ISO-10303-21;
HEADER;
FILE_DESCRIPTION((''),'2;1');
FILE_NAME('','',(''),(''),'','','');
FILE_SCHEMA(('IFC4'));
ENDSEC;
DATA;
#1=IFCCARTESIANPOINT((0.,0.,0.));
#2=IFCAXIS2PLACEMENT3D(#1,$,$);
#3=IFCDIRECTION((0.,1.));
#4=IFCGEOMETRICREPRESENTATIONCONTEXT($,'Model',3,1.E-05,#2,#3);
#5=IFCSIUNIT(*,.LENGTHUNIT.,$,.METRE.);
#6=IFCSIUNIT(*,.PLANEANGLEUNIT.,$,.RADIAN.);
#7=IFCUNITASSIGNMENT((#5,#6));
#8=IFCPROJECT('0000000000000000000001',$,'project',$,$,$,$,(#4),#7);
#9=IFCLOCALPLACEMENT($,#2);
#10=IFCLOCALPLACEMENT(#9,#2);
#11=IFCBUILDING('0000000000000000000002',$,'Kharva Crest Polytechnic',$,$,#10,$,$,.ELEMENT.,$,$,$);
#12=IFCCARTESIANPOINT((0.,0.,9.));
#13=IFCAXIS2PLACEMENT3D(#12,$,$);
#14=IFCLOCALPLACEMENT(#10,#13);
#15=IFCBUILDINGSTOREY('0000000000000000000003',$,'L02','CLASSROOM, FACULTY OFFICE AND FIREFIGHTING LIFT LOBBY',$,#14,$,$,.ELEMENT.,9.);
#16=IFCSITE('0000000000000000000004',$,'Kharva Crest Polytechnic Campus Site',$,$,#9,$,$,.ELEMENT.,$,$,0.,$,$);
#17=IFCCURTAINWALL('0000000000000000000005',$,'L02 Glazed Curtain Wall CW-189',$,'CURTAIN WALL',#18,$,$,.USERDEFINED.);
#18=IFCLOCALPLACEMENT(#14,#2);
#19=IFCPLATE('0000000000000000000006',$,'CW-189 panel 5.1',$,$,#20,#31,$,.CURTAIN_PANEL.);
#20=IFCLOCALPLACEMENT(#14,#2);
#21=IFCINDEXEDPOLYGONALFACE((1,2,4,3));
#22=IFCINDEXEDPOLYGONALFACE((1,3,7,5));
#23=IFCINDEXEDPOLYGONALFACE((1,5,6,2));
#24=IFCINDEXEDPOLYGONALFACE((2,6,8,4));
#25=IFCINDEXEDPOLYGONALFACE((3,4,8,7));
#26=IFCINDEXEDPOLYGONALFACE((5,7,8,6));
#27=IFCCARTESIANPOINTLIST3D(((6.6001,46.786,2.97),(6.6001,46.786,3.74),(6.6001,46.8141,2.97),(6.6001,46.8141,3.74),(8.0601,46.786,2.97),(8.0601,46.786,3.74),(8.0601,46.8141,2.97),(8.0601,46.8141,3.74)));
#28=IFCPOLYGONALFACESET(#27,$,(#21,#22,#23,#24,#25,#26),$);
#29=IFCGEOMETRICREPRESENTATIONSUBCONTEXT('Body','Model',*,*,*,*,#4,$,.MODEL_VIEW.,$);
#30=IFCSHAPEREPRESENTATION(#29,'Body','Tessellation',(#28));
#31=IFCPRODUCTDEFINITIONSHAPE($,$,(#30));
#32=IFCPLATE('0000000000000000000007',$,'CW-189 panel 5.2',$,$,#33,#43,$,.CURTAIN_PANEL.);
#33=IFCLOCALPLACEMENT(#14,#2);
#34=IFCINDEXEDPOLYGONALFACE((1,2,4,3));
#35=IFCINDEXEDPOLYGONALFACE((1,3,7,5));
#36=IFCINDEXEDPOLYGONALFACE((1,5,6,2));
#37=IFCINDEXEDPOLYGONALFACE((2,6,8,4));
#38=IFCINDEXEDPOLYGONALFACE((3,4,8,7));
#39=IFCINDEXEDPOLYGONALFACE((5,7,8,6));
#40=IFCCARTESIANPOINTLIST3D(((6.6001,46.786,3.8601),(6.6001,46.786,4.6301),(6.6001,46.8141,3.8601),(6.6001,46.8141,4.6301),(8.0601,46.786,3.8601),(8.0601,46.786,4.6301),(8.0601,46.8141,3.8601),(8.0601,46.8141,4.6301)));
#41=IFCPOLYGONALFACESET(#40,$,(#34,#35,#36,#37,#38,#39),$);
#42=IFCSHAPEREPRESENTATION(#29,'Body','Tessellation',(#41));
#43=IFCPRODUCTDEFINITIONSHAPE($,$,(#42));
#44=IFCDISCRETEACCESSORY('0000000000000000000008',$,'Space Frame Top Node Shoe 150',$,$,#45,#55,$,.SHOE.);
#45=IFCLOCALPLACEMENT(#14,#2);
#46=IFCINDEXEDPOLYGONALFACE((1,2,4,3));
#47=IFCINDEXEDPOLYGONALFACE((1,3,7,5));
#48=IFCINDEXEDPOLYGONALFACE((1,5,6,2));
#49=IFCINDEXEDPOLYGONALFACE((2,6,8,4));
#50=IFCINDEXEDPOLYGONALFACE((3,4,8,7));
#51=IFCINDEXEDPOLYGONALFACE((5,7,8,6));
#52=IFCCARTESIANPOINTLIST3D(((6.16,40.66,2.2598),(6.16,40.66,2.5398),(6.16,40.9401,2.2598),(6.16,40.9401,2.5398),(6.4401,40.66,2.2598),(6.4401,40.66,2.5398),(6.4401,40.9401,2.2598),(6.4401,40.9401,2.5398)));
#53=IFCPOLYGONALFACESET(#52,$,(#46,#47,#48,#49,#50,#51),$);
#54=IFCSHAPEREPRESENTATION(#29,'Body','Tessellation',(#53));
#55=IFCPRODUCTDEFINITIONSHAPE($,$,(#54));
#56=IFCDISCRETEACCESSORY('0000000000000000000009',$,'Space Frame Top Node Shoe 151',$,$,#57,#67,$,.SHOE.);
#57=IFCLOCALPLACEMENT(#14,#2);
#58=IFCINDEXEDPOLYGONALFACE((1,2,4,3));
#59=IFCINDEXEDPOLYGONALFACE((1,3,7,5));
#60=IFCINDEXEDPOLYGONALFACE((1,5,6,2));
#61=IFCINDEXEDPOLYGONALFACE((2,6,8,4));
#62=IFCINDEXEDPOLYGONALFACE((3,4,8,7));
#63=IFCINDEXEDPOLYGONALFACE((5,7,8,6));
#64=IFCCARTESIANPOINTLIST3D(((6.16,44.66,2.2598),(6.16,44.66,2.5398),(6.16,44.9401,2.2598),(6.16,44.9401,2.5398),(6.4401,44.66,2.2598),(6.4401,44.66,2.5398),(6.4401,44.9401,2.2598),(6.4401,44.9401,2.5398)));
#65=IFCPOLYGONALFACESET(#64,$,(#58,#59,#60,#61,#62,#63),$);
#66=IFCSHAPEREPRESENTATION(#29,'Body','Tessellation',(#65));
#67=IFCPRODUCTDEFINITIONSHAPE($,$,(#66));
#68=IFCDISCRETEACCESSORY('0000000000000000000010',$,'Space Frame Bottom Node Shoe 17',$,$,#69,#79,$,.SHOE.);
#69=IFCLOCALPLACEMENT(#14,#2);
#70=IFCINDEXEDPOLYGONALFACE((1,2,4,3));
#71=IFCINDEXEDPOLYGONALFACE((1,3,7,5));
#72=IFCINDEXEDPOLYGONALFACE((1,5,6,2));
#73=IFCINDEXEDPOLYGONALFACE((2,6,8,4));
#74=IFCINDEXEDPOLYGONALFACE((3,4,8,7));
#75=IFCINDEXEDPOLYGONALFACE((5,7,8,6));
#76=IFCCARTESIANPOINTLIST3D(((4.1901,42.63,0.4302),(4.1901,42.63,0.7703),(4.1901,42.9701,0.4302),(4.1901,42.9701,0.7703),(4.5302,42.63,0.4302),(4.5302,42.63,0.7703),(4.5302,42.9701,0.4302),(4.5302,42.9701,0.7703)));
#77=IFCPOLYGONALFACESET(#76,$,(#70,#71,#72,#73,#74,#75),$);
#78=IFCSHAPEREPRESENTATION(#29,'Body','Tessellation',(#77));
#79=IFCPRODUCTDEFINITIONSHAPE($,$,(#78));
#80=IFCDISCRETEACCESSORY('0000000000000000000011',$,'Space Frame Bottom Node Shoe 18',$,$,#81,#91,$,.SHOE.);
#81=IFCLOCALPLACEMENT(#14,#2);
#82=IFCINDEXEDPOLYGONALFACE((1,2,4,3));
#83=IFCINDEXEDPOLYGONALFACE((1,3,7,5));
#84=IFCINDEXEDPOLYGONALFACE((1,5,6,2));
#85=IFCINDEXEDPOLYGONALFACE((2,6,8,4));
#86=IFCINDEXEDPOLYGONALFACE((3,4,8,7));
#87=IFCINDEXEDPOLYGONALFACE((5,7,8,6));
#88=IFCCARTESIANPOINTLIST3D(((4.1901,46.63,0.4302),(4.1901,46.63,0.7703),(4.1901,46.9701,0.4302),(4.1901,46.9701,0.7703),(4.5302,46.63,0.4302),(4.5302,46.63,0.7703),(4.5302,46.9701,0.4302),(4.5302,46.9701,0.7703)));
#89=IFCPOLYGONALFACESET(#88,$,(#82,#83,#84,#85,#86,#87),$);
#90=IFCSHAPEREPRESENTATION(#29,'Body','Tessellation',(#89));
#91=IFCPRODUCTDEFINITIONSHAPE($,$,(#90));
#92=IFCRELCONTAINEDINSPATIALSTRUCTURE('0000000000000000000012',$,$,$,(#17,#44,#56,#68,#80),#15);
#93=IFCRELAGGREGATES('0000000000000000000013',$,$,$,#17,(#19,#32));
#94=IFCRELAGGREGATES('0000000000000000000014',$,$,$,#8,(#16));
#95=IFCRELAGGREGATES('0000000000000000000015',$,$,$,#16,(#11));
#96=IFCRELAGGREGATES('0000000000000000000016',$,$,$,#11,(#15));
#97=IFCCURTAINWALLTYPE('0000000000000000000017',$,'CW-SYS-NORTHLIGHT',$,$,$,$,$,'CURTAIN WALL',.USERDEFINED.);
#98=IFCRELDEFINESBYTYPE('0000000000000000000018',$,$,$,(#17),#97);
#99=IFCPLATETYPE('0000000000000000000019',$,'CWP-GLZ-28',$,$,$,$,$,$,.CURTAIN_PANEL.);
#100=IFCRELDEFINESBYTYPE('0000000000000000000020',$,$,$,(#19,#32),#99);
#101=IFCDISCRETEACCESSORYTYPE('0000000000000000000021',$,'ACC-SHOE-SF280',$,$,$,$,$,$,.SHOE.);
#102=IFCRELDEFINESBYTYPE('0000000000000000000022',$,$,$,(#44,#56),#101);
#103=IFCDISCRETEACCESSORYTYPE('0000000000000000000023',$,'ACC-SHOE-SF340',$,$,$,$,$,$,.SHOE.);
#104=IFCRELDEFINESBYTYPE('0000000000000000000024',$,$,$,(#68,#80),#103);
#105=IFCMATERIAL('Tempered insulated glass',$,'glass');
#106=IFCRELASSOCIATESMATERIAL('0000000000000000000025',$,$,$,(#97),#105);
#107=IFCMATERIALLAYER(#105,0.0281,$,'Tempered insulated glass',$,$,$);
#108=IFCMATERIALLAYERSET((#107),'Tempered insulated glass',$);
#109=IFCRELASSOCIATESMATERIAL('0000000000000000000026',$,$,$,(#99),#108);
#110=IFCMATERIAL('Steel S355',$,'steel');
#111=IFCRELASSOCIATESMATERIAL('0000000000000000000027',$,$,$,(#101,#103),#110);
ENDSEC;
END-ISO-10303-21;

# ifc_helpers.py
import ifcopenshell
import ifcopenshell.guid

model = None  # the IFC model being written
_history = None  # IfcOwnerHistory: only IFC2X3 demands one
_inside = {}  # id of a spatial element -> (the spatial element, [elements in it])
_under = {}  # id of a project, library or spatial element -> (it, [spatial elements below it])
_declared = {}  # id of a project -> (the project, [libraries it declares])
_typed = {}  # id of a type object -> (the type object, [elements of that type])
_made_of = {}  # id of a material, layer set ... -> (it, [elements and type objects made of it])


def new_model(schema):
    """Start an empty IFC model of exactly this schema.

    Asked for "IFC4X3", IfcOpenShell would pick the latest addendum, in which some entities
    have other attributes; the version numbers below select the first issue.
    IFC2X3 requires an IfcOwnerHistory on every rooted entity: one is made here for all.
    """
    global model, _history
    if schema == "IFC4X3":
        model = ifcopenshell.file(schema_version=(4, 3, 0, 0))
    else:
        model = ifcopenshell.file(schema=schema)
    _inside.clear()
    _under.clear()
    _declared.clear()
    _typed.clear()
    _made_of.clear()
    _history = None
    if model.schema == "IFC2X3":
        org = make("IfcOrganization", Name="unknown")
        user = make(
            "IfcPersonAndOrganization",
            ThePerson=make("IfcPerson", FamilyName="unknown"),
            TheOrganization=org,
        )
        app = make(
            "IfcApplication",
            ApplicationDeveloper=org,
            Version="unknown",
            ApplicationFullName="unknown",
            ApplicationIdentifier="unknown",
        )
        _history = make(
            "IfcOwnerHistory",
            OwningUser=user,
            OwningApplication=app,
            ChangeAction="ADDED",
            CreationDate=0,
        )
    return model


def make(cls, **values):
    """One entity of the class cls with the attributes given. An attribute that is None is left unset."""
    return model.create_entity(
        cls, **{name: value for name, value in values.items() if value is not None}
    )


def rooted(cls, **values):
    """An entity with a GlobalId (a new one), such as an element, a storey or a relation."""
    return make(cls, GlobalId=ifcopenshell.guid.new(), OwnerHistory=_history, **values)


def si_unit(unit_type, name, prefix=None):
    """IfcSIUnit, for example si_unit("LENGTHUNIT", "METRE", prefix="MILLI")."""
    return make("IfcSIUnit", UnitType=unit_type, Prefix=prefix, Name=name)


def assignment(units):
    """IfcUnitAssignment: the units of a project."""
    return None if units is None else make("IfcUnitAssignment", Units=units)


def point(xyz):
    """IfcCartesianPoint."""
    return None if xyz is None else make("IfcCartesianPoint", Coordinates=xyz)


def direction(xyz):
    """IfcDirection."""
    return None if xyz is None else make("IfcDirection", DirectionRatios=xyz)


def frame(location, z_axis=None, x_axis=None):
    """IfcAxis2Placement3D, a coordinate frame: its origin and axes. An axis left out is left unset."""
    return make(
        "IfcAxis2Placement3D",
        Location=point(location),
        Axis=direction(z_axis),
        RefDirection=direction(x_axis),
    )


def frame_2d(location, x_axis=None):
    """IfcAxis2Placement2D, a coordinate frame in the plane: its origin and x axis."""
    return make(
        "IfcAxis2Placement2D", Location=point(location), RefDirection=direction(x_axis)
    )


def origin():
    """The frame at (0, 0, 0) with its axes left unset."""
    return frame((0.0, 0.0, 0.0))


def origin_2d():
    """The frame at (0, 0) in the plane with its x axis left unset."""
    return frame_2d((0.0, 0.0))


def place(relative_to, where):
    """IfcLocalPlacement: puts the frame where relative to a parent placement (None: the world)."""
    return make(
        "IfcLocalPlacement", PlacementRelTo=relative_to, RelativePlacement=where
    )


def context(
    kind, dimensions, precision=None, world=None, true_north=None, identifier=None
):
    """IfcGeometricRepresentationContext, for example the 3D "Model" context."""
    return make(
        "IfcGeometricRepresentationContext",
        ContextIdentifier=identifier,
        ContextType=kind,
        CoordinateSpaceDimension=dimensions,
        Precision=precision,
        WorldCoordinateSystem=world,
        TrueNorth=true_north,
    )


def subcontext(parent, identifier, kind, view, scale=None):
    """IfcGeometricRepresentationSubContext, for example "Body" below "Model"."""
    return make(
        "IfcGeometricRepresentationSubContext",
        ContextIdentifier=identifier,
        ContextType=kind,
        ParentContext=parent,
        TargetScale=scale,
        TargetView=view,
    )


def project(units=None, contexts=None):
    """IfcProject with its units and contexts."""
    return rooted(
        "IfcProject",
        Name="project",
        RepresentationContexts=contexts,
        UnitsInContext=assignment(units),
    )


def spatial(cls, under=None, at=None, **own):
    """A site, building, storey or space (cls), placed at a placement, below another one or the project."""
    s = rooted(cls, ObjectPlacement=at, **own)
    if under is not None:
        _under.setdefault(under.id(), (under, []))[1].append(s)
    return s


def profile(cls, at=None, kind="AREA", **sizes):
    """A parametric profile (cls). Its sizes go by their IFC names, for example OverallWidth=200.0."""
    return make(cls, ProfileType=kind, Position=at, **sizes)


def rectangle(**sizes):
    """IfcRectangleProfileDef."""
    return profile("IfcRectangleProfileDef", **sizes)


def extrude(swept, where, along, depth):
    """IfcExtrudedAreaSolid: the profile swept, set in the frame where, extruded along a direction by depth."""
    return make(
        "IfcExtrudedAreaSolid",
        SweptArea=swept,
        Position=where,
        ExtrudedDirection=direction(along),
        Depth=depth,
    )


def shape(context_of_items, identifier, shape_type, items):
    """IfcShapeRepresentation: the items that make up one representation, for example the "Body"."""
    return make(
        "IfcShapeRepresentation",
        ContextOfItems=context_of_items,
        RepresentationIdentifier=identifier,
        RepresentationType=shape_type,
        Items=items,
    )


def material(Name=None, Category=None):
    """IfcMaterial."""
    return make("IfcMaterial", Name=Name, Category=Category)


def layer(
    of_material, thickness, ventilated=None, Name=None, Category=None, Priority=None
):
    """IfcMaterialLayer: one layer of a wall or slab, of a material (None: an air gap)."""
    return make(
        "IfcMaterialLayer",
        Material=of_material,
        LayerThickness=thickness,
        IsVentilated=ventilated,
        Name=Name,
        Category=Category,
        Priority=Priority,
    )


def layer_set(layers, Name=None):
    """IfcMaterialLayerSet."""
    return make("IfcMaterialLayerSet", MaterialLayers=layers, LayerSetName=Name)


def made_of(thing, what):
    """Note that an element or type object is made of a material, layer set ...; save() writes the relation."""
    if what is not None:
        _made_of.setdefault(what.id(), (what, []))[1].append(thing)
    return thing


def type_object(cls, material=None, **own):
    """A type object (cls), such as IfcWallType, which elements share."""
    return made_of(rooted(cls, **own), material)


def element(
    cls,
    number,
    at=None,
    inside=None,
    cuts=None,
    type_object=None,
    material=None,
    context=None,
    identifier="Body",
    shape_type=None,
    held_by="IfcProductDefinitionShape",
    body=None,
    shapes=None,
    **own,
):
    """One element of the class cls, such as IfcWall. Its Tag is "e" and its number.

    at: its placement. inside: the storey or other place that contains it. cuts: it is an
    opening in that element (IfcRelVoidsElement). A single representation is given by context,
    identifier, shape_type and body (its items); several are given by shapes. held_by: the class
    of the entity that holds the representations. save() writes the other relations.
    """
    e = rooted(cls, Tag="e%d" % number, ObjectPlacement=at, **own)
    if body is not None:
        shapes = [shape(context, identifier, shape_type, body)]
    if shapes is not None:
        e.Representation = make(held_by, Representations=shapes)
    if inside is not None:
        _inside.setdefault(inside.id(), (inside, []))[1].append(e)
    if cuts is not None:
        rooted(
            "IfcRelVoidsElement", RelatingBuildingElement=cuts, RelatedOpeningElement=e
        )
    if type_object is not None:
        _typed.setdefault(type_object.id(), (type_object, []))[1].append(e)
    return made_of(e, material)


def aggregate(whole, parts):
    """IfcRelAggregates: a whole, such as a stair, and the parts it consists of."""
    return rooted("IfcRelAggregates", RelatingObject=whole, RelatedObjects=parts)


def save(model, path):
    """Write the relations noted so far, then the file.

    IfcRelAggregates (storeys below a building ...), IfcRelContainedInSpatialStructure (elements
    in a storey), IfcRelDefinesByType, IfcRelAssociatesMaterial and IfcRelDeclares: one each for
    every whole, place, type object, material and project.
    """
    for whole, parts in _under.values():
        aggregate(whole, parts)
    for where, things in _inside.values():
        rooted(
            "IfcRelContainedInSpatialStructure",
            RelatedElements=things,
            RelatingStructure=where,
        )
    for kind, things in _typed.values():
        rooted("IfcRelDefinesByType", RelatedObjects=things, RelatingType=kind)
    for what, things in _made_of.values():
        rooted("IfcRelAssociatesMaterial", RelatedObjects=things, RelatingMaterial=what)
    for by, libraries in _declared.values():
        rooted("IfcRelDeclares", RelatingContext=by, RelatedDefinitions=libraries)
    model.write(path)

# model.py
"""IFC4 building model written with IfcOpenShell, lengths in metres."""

from ifc_helpers import new_model, si_unit, direction, frame, origin, origin_2d, place, context, subcontext, project, spatial, rectangle, extrude, material, layer, layer_set, type_object, element, aggregate, save


model = new_model("IFC4")

# Units and contexts
model_context = context("Model", 3, precision=1e-05, world=origin(), true_north=direction((0.0, 1.0)))
body_context = subcontext(model_context, "Body", "Model", "MODEL_VIEW")
ifc_project = project(units=[si_unit("LENGTHUNIT", "METRE"), si_unit("PLANEANGLEUNIT", "RADIAN")], contexts=[model_context])

# Site, building, storey
site_placement = place(None, origin())
site = spatial("IfcSite", under=ifc_project, at=site_placement, Name="Kharva Crest Polytechnic Campus Site", CompositionType="ELEMENT", RefElevation=0.0)
building_placement = place(site_placement, origin())
building = spatial("IfcBuilding", under=site, at=building_placement, Name="Kharva Crest Polytechnic", CompositionType="ELEMENT")
storey_placement = place(building_placement, frame((0.0, 0.0, 9.0)))
storey = spatial("IfcBuildingStorey", under=building, at=storey_placement, Name="L02", Description="CLASSROOM, FACULTY OFFICE AND FIREFIGHTING LIFT LOBBY", CompositionType="ELEMENT", Elevation=9.0)

# Curtain wall
ifc_material_1 = material(Name="Tempered insulated glass", Category="glass")
curtain_wall_type = type_object("IfcCurtainWallType", Name="CW-SYS-NORTHLIGHT", ElementType="CURTAIN WALL", PredefinedType="USERDEFINED", material=ifc_material_1)
curtain_wall_placement = place(storey_placement, origin())
curtain_wall = element("IfcCurtainWall", 1, at=curtain_wall_placement, inside=storey, type_object=curtain_wall_type, Name="L02 Glazed Curtain Wall CW-189", ObjectType="CURTAIN WALL", PredefinedType="USERDEFINED")
ifc_material_2 = material(Name="Steel S355", Category="steel")

# Plates
ifc_layer = layer(ifc_material_1, 0.0281, Name="Tempered insulated glass")
ifc_layer_set = layer_set([ifc_layer], Name="Tempered insulated glass")
plate_type = type_object("IfcPlateType", Name="CWP-GLZ-28", PredefinedType="CURTAIN_PANEL", material=ifc_layer_set)
plate_1_placement = place(storey_placement, frame((7.3301, 46.8, 2.97), z_axis=(0.0, 0.0, 1.0), x_axis=(1.0, 0.0, 0.0)))
plate_1 = element("IfcPlate", 2, at=plate_1_placement, type_object=plate_type, Name="CW-189 panel 5.1", PredefinedType="CURTAIN_PANEL", context=body_context, shape_type="SweptSolid", body=[
    extrude(rectangle(XDim=1.46, YDim=0.0281, at=origin_2d()), origin(), (0.0, 0.0, 1.0), 0.77),
])
plate_2_placement = place(storey_placement, frame((7.3301, 46.8, 3.8601), z_axis=(0.0, 0.0, 1.0), x_axis=(1.0, 0.0, 0.0)))
plate_2 = element("IfcPlate", 3, at=plate_2_placement, type_object=plate_type, Name="CW-189 panel 5.2", PredefinedType="CURTAIN_PANEL", context=body_context, shape_type="SweptSolid", body=[
    extrude(rectangle(XDim=1.46, YDim=0.0281, at=origin_2d()), origin(), (0.0, 0.0, 1.0), 0.77),
])
aggregate(curtain_wall, [plate_1, plate_2])

# Discrete accessories
discrete_accessory_type_1 = type_object("IfcDiscreteAccessoryType", Name="ACC-SHOE-SF280", PredefinedType="SHOE", material=ifc_material_2)
for number, where, z_axis, x_axis, name in (
    (4, (6.3, 40.8, 2.2598), (0.0, 0.0, 1.0), (1.0, 0.0, 0.0), "Space Frame Top Node Shoe 150"),
    (5, (6.3, 44.8, 2.2598), (0.0, 0.0, 1.0), (1.0, 0.0, 0.0), "Space Frame Top Node Shoe 151"),
):
    element("IfcDiscreteAccessory", number, at=place(storey_placement, frame(where, z_axis=z_axis, x_axis=x_axis)), inside=storey, type_object=discrete_accessory_type_1, Name=name, PredefinedType="SHOE", context=body_context, shape_type="SweptSolid", body=[
        extrude(rectangle(XDim=0.28, YDim=0.28, at=origin_2d()), origin(), (0.0, 0.0, 1.0), 0.28),
    ])
discrete_accessory_type_2 = type_object("IfcDiscreteAccessoryType", Name="ACC-SHOE-SF340", PredefinedType="SHOE", material=ifc_material_2)
for number, where, z_axis, x_axis, name in (
    (6, (4.3601, 42.8, 0.4302), (0.0, 0.0, 1.0), (1.0, 0.0, 0.0), "Space Frame Bottom Node Shoe 17"),
    (7, (4.3601, 46.8, 0.4302), (0.0, 0.0, 1.0), (1.0, 0.0, 0.0), "Space Frame Bottom Node Shoe 18"),
):
    element("IfcDiscreteAccessory", number, at=place(storey_placement, frame(where, z_axis=z_axis, x_axis=x_axis)), inside=storey, type_object=discrete_accessory_type_2, Name=name, PredefinedType="SHOE", context=body_context, shape_type="SweptSolid", body=[
        extrude(rectangle(XDim=0.3401, YDim=0.3401, at=origin_2d()), origin(), (0.0, 0.0, 1.0), 0.3401),
    ])

save(model, "model.ifc")
